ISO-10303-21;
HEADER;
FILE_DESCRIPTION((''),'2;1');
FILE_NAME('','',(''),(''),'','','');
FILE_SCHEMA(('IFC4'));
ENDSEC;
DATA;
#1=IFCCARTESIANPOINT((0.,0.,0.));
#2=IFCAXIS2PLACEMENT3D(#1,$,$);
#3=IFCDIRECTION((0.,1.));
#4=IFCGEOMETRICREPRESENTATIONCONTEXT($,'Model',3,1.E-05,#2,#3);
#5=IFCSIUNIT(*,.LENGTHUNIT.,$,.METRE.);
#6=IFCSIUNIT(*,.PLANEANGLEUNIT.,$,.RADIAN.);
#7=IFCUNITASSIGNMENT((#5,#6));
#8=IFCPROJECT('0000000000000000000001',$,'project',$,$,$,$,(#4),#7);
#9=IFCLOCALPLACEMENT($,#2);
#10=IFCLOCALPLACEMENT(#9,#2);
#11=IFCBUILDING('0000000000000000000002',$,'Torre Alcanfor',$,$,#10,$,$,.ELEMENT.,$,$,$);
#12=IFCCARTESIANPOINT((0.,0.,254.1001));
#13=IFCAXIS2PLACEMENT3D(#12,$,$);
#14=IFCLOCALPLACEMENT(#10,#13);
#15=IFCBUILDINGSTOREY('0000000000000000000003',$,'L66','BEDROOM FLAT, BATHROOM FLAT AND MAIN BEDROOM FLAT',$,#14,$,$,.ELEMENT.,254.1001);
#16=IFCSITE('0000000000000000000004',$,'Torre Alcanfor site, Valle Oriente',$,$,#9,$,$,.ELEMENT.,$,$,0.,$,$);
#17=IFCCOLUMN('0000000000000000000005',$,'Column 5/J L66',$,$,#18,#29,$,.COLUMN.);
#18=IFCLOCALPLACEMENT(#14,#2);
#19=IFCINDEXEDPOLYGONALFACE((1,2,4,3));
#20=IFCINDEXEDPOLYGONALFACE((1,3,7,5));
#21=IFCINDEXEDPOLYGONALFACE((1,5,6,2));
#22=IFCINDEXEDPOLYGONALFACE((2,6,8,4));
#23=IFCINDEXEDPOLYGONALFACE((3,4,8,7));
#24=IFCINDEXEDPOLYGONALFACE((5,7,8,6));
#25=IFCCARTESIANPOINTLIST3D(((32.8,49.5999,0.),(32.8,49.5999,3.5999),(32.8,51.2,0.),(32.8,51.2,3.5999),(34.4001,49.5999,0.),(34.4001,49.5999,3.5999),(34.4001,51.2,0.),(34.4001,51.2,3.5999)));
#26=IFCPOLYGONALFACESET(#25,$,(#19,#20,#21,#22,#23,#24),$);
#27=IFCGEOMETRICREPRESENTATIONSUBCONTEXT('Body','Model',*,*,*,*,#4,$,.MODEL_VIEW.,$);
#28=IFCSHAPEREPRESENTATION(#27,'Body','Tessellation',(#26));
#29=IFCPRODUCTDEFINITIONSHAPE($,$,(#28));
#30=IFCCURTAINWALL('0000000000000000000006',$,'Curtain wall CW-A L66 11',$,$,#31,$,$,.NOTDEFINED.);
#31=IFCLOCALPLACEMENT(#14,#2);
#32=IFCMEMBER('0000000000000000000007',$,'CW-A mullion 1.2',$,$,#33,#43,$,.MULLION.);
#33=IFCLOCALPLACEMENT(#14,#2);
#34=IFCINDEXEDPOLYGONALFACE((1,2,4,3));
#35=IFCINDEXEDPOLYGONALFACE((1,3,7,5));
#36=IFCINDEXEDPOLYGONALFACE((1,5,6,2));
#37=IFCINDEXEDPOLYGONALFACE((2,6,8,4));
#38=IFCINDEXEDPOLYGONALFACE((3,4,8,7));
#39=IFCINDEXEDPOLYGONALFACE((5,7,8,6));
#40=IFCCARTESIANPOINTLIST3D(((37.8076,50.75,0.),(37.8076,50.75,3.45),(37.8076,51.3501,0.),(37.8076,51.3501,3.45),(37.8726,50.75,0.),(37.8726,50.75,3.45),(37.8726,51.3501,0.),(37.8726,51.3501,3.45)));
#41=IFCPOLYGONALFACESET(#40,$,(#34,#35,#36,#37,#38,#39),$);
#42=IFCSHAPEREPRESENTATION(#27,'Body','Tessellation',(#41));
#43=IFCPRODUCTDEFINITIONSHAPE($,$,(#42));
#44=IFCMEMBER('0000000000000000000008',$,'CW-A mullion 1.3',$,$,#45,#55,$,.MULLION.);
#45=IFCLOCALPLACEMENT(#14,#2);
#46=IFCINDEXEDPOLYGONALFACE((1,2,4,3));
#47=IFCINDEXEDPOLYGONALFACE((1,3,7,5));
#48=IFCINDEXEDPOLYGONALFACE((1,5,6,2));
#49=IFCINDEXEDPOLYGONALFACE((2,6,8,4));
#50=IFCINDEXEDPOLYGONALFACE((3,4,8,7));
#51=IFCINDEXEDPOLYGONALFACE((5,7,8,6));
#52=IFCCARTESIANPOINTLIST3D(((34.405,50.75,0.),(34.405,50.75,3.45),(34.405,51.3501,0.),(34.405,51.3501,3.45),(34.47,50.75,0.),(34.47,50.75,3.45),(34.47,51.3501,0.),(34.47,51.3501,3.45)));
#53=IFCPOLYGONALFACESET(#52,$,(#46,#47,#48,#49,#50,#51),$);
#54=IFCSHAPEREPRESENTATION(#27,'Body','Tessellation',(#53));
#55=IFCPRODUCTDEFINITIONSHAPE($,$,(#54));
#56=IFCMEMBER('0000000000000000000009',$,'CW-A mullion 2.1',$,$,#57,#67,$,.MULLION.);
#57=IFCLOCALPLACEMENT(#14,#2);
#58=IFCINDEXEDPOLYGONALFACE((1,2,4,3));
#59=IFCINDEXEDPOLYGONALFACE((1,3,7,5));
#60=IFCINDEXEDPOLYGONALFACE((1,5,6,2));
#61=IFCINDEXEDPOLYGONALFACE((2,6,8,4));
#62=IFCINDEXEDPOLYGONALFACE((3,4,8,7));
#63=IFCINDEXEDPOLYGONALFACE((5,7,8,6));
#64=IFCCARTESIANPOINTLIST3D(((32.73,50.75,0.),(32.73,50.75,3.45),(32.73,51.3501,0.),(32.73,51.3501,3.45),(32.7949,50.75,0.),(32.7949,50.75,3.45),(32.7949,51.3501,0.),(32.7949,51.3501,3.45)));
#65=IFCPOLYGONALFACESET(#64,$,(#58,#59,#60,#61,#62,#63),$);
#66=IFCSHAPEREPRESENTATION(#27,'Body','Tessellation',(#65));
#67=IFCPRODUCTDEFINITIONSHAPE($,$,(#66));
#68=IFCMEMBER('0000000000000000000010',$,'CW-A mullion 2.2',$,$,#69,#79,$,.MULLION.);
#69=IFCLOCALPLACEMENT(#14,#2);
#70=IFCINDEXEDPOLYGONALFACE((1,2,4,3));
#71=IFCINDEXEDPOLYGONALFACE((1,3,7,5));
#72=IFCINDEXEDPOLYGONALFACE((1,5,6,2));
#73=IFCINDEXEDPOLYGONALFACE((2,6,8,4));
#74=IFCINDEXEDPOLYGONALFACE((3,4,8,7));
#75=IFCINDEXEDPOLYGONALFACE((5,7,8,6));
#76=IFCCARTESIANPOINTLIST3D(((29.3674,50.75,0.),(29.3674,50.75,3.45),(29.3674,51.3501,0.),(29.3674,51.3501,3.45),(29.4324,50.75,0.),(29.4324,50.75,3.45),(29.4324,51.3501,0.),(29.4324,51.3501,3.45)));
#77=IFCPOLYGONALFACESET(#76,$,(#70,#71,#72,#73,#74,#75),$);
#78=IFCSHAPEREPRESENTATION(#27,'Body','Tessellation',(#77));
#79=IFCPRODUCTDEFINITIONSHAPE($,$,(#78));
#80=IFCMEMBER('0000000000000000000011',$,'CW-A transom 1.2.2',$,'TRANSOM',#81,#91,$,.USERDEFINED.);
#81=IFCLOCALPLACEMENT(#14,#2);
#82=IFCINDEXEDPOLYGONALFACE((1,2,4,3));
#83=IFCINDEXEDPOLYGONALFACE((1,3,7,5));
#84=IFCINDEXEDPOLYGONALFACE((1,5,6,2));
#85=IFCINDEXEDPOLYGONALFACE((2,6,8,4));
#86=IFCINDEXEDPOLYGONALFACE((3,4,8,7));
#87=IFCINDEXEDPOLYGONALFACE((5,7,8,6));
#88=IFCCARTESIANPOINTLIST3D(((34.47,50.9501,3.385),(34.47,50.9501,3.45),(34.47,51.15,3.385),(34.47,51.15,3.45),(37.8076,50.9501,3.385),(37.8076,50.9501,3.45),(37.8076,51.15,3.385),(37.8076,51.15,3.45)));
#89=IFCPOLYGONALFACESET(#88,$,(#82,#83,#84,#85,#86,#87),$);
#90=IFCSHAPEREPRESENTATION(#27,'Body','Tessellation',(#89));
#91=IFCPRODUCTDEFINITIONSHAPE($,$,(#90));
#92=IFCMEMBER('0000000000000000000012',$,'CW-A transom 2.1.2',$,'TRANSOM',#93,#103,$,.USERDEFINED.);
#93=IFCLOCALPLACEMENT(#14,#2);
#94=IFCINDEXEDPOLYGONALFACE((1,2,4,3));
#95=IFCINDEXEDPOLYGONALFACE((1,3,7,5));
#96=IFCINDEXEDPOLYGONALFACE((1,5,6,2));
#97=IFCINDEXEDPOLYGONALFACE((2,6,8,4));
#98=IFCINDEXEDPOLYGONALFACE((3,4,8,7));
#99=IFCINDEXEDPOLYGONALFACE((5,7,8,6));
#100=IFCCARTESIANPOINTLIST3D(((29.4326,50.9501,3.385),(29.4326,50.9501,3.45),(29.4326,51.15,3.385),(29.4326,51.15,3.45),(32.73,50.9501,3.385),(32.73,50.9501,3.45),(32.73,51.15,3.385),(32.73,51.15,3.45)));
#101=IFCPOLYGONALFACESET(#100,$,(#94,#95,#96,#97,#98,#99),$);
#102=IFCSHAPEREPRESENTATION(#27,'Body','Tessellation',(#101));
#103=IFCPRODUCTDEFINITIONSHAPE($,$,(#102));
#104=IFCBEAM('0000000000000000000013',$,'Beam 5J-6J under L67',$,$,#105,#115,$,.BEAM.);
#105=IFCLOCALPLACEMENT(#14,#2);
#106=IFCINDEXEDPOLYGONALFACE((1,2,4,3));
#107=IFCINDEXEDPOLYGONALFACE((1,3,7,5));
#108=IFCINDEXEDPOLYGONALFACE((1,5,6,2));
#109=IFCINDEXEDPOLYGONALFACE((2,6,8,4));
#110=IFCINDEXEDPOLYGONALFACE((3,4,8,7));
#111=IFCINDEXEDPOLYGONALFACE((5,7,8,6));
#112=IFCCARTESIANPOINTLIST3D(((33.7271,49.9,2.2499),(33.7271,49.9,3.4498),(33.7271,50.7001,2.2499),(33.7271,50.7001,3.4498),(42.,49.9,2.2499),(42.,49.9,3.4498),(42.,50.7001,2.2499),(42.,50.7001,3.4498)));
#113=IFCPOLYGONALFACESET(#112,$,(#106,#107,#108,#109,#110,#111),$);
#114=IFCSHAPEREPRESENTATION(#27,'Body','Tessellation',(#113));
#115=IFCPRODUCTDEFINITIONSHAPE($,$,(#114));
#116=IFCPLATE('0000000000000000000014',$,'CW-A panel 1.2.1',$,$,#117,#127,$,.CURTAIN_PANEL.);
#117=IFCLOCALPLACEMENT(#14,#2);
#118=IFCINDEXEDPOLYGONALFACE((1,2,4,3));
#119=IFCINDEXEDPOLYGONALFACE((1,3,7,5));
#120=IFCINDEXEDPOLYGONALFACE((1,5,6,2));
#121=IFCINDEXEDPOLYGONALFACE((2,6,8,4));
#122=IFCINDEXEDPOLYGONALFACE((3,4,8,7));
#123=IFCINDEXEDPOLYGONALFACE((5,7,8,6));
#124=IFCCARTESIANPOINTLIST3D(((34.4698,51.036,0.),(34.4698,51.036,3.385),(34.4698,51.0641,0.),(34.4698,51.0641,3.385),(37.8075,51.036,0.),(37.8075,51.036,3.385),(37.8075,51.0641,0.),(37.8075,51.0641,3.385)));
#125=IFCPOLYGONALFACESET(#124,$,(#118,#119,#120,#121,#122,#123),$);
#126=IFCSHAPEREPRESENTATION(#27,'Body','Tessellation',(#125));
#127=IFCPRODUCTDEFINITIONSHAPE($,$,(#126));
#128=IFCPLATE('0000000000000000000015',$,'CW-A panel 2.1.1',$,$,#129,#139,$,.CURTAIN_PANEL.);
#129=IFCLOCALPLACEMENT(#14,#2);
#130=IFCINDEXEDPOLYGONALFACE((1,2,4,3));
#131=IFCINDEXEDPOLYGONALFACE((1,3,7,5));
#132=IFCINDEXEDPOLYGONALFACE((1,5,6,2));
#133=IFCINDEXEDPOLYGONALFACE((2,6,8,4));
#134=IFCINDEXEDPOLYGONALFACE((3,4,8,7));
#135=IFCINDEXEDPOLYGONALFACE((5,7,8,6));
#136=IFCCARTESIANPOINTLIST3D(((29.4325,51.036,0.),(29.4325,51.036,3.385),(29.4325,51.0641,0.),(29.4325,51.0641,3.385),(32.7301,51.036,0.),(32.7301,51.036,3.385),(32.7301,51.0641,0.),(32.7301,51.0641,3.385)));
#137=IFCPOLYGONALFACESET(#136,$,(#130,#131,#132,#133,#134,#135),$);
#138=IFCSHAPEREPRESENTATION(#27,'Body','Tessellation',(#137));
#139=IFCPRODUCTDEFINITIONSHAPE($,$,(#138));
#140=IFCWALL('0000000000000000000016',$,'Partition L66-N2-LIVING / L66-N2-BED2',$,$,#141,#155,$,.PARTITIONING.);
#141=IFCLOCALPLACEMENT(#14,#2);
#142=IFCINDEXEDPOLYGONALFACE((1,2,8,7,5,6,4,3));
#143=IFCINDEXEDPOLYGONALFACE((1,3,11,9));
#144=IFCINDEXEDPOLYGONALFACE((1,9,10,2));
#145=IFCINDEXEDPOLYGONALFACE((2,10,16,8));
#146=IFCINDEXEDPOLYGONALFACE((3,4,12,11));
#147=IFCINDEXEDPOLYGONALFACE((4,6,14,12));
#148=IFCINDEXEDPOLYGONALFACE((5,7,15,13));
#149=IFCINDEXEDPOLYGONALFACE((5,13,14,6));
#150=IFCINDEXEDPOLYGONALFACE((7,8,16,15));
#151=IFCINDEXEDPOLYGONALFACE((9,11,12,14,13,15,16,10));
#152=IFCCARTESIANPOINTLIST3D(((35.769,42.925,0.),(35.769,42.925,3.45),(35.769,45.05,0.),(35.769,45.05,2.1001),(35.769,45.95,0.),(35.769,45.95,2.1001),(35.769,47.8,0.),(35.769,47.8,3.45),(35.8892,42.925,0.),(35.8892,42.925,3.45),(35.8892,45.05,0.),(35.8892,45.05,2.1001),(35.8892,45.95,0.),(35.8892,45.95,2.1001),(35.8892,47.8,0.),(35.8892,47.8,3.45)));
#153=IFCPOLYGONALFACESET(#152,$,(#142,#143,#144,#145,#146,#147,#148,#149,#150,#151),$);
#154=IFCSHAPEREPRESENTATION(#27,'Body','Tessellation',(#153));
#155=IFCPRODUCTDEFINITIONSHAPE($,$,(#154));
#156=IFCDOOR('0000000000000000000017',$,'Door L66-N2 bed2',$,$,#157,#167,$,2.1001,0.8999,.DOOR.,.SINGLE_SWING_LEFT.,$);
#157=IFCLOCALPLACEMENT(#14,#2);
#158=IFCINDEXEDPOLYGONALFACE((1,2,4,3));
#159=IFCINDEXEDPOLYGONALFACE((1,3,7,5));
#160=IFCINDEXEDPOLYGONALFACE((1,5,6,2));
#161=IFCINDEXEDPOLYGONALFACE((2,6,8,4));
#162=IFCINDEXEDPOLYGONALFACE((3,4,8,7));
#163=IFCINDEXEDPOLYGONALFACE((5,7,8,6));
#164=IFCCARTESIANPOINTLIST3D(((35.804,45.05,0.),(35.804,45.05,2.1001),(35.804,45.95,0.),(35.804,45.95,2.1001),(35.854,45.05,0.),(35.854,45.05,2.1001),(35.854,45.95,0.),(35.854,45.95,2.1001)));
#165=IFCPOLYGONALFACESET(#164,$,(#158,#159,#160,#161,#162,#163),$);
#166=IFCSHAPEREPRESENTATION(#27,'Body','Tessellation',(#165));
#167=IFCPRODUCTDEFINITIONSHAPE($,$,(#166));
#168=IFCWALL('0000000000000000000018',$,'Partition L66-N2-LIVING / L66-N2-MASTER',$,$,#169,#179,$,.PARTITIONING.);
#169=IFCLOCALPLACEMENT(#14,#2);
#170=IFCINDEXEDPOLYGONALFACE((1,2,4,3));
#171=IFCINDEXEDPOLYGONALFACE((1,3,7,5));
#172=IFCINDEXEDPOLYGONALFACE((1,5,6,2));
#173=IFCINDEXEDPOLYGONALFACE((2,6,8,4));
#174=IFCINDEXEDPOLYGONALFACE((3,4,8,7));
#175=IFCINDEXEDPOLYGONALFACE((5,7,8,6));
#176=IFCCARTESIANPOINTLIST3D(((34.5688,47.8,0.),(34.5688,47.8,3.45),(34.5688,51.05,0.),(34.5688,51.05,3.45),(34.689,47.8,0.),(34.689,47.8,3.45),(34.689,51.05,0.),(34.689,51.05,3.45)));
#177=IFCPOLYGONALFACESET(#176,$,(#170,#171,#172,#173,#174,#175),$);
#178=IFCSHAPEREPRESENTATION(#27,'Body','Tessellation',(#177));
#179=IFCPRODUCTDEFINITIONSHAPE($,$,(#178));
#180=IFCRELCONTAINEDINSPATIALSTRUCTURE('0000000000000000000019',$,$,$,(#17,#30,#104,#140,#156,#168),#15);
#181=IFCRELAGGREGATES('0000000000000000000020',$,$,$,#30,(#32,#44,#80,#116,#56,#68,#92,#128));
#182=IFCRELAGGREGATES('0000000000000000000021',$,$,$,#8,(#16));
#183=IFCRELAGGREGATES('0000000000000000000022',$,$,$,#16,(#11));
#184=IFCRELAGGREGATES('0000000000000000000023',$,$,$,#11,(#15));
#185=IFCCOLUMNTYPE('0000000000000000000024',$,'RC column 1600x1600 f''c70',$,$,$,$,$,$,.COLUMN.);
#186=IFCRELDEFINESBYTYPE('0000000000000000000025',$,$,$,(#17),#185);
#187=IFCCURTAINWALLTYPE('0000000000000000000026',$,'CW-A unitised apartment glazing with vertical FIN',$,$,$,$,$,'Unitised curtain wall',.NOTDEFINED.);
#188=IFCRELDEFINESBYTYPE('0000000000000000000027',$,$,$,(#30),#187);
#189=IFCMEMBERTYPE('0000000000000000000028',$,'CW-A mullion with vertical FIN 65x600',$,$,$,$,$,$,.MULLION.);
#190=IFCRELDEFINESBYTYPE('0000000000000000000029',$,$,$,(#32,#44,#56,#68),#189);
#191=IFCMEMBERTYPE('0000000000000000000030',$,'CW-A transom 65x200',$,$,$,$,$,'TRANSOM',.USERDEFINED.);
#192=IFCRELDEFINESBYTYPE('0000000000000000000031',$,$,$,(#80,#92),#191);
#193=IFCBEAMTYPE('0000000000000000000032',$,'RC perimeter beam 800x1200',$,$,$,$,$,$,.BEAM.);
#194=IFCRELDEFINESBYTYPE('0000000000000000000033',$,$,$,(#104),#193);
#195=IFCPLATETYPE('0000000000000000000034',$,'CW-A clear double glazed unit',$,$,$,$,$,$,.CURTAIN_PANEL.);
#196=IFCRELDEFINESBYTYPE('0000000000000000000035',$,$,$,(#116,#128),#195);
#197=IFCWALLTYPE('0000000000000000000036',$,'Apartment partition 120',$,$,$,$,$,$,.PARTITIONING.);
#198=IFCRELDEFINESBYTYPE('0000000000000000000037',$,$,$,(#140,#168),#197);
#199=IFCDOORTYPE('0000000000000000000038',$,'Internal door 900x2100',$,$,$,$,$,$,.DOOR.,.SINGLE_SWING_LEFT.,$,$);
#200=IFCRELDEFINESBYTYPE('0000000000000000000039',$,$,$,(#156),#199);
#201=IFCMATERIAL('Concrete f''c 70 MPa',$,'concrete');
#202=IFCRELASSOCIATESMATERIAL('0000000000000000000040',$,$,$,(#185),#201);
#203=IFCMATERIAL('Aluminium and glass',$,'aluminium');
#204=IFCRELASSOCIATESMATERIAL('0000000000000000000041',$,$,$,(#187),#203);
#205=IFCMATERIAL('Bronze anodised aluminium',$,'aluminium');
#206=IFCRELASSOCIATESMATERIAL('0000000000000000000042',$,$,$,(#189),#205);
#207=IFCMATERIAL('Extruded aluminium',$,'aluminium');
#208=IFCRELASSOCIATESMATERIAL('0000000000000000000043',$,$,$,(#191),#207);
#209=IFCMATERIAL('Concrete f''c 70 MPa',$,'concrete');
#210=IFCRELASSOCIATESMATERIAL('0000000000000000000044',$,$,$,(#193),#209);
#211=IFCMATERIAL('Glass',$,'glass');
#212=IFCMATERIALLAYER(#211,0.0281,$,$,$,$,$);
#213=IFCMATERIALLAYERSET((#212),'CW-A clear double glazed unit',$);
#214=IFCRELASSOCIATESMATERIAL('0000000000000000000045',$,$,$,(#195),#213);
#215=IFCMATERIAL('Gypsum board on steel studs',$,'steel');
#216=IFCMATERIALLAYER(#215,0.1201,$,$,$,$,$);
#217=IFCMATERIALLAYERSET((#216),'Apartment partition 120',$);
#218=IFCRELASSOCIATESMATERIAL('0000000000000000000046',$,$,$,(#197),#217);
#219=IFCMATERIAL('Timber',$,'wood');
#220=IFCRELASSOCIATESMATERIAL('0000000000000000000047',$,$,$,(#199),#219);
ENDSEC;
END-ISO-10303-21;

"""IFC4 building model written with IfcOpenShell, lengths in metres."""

from ifc_helpers import new_model, si_unit, direction, frame, frame_2d, origin, origin_2d, place, context, subcontext, project, spatial, rectangle, extrude, material, layer, layer_set, material_profile, profile_set, type_object, element, fill, aggregate, save


model = new_model("IFC4")

# Units and contexts
model_context = context("Model", 3, precision=1e-05, world=origin(), true_north=direction((0.0, 1.0)))
body_context = subcontext(model_context, "Body", "Model", "MODEL_VIEW")
ifc_project = project(units=[si_unit("LENGTHUNIT", "METRE"), si_unit("PLANEANGLEUNIT", "RADIAN")], contexts=[model_context])

# Site, building, storey
site_placement = place(None, origin())
site = spatial("IfcSite", under=ifc_project, at=site_placement, Name="Torre Alcanfor site, Valle Oriente", CompositionType="ELEMENT", RefElevation=0.0)
building_placement = place(site_placement, origin())
building = spatial("IfcBuilding", under=site, at=building_placement, Name="Torre Alcanfor", CompositionType="ELEMENT")
storey_placement = place(building_placement, frame((0.0, 0.0, 254.1001)))
storey = spatial("IfcBuildingStorey", under=building, at=storey_placement, Name="L66", Description="BEDROOM FLAT, BATHROOM FLAT AND MAIN BEDROOM FLAT", CompositionType="ELEMENT", Elevation=254.1001)

# Column
ifc_material_1 = material(Name="Concrete f'c 70 MPa", Category="concrete")
ifc_material_profile_1 = material_profile(ifc_material_1, rectangle(XDim=1.6001, YDim=1.6001, at=origin_2d()), Name="1600x1600")
ifc_profile_set_1 = profile_set([ifc_material_profile_1], Name="Concrete f'c 70 MPa")
column_type = type_object("IfcColumnType", Name="RC column 1600x1600 f'c70", PredefinedType="COLUMN", material=ifc_profile_set_1)
column_placement = place(storey_placement, frame((33.6001, 50.3999, 0.0), z_axis=(0.0, 0.0, 1.0), x_axis=(1.0, 0.0, 0.0)))
element("IfcColumn", 1, at=column_placement, inside=storey, type_object=column_type, Name="Column 5/J L66", PredefinedType="COLUMN", context=body_context, shape_type="SweptSolid", body=[
    extrude(rectangle(XDim=1.6001, YDim=1.6001, at=origin_2d()), origin(), (0.0, 0.0, 1.0), 3.5999),
])

# Curtain wall, members
ifc_material_2 = material(Name="Aluminium and glass", Category="aluminium")
curtain_wall_type = type_object("IfcCurtainWallType", Name="CW-A unitised apartment glazing with vertical FIN", ElementType="Unitised curtain wall", PredefinedType="NOTDEFINED", material=ifc_material_2)
curtain_wall_placement = place(storey_placement, origin())
curtain_wall = element("IfcCurtainWall", 2, at=curtain_wall_placement, inside=storey, type_object=curtain_wall_type, Name="Curtain wall CW-A L66 11", PredefinedType="NOTDEFINED")
ifc_material_3 = material(Name="Bronze anodised aluminium", Category="aluminium")
ifc_material_profile_2 = material_profile(ifc_material_3, rectangle(XDim=0.6001, YDim=0.0649, at=origin_2d()), Name="CW-A mullion 65x600")
ifc_profile_set_2 = profile_set([ifc_material_profile_2], Name="Bronze anodised aluminium")
member_type_1 = type_object("IfcMemberType", Name="CW-A mullion with vertical FIN 65x600", PredefinedType="MULLION", material=ifc_profile_set_2)
member_1_placement = place(storey_placement, frame((37.8401, 51.05, 0.0), z_axis=(0.0, 0.0, 1.0), x_axis=(0.0, -1.0, 0.0)))
member_1 = element("IfcMember", 3, at=member_1_placement, type_object=member_type_1, Name="CW-A mullion 1.2", PredefinedType="MULLION", context=body_context, shape_type="SweptSolid", body=[
    extrude(rectangle(XDim=0.6001, YDim=0.0649, at=origin_2d()), origin(), (0.0, 0.0, 1.0), 3.45),
])
member_2_placement = place(storey_placement, frame((34.4375, 51.05, 0.0), z_axis=(0.0, 0.0, 1.0), x_axis=(0.0, -1.0, 0.0)))
member_2 = element("IfcMember", 4, at=member_2_placement, type_object=member_type_1, Name="CW-A mullion 1.3", PredefinedType="MULLION", context=body_context, shape_type="SweptSolid", body=[
    extrude(rectangle(XDim=0.6001, YDim=0.0649, at=origin_2d()), origin(), (0.0, 0.0, 1.0), 3.45),
])
member_3_placement = place(storey_placement, frame((32.7625, 51.05, 0.0), z_axis=(0.0, 0.0, 1.0), x_axis=(0.0, -1.0, 0.0)))
member_3 = element("IfcMember", 5, at=member_3_placement, type_object=member_type_1, Name="CW-A mullion 2.1", PredefinedType="MULLION", context=body_context, shape_type="SweptSolid", body=[
    extrude(rectangle(XDim=0.6001, YDim=0.0649, at=origin_2d()), origin(), (0.0, 0.0, 1.0), 3.45),
])
member_4_placement = place(storey_placement, frame((29.3999, 51.05, 0.0), z_axis=(0.0, 0.0, 1.0), x_axis=(0.0, -1.0, 0.0)))
member_4 = element("IfcMember", 6, at=member_4_placement, type_object=member_type_1, Name="CW-A mullion 2.2", PredefinedType="MULLION", context=body_context, shape_type="SweptSolid", body=[
    extrude(rectangle(XDim=0.6001, YDim=0.0649, at=origin_2d()), origin(), (0.0, 0.0, 1.0), 3.45),
])
ifc_material_4 = material(Name="Extruded aluminium", Category="aluminium")
ifc_material_profile_3 = material_profile(ifc_material_4, rectangle(XDim=0.2, YDim=0.0649, at=origin_2d()), Name="CW-A transom 200x65")
ifc_profile_set_3 = profile_set([ifc_material_profile_3], Name="Extruded aluminium")
member_type_2 = type_object("IfcMemberType", Name="CW-A transom 65x200", ElementType="TRANSOM", PredefinedType="USERDEFINED", material=ifc_profile_set_3)
member_5_placement = place(storey_placement, frame((37.8076, 51.05, 3.4175), z_axis=(-1.0, 0.0, 0.0), x_axis=(0.0, -1.0, 0.0)))
member_5 = element("IfcMember", 7, at=member_5_placement, type_object=member_type_2, Name="CW-A transom 1.2.2", ObjectType="TRANSOM", PredefinedType="USERDEFINED", context=body_context, shape_type="SweptSolid", body=[
    extrude(rectangle(XDim=0.2, YDim=0.0649, at=origin_2d()), origin(), (0.0, 0.0, 1.0), 3.3376),
])
member_6_placement = place(storey_placement, frame((32.73, 51.05, 3.4175), z_axis=(-1.0, 0.0, 0.0), x_axis=(0.0, -1.0, 0.0)))
member_6 = element("IfcMember", 8, at=member_6_placement, type_object=member_type_2, Name="CW-A transom 2.1.2", ObjectType="TRANSOM", PredefinedType="USERDEFINED", context=body_context, shape_type="SweptSolid", body=[
    extrude(rectangle(XDim=0.2, YDim=0.0649, at=origin_2d()), origin(), (0.0, 0.0, 1.0), 3.2974),
])

# Beam
ifc_material_5 = material(Name="Concrete f'c 70 MPa", Category="concrete")
ifc_material_profile_4 = material_profile(ifc_material_5, rectangle(XDim=0.8, YDim=1.2, at=origin_2d()), Name="800x1200")
ifc_profile_set_4 = profile_set([ifc_material_profile_4], Name="Concrete f'c 70 MPa")
beam_type = type_object("IfcBeamType", Name="RC perimeter beam 800x1200", PredefinedType="BEAM", material=ifc_profile_set_4)
beam_placement = place(storey_placement, frame((33.7271, 50.3, 2.8499), z_axis=(1.0, 0.0, 0.0), x_axis=(0.0, 1.0, 0.0)))
element("IfcBeam", 9, at=beam_placement, inside=storey, type_object=beam_type, Name="Beam 5J-6J under L67", PredefinedType="BEAM", context=body_context, shape_type="SweptSolid", body=[
    extrude(rectangle(XDim=0.8, YDim=1.2, at=origin_2d()), origin(), (0.0, 0.0, 1.0), 8.2729),
])

# Plates
ifc_material_6 = material(Name="Glass", Category="glass")
ifc_layer_1 = layer(ifc_material_6, 0.0281)
ifc_layer_set_1 = layer_set([ifc_layer_1], Name="CW-A clear double glazed unit")
plate_type = type_object("IfcPlateType", Name="CW-A clear double glazed unit", PredefinedType="CURTAIN_PANEL", material=ifc_layer_set_1)
plate_1_placement = place(storey_placement, frame((36.1387, 51.05, 0.0), z_axis=(0.0, 0.0, 1.0), x_axis=(-1.0, 0.0, 0.0)))
plate_1 = element("IfcPlate", 10, at=plate_1_placement, type_object=plate_type, Name="CW-A panel 1.2.1", PredefinedType="CURTAIN_PANEL", context=body_context, shape_type="SweptSolid", body=[
    extrude(rectangle(XDim=3.3376, YDim=0.0281, at=origin_2d()), origin(), (0.0, 0.0, 1.0), 3.385),
])
plate_2_placement = place(storey_placement, frame((31.0813, 51.05, 0.0), z_axis=(0.0, 0.0, 1.0), x_axis=(-1.0, 0.0, 0.0)))
plate_2 = element("IfcPlate", 11, at=plate_2_placement, type_object=plate_type, Name="CW-A panel 2.1.1", PredefinedType="CURTAIN_PANEL", context=body_context, shape_type="SweptSolid", body=[
    extrude(rectangle(XDim=3.2976, YDim=0.0281, at=origin_2d()), origin(), (0.0, 0.0, 1.0), 3.385),
])
aggregate(curtain_wall, [member_1, member_2, member_5, plate_1, member_3, member_4, member_6, plate_2])

# Wall, opening, door
ifc_material_7 = material(Name="Gypsum board on steel studs", Category="steel")
ifc_layer_2 = layer(ifc_material_7, 0.1201)
ifc_layer_set_2 = layer_set([ifc_layer_2], Name="Apartment partition 120")
wall_type_1 = type_object("IfcWallType", Name="Apartment partition 120", PredefinedType="PARTITIONING", material=ifc_layer_set_2)
wall_1_placement = place(storey_placement, frame((35.8291, 47.8, 0.0), z_axis=(0.0, 0.0, 1.0), x_axis=(0.0, -1.0, 0.0)))
wall_1 = element("IfcWall", 12, at=wall_1_placement, inside=storey, type_object=wall_type_1, Name="Partition L66-N2-LIVING / L66-N2-BED2", PredefinedType="PARTITIONING", context=body_context, shape_type="SweptSolid", body=[
    extrude(rectangle(XDim=4.875, YDim=0.1201, at=frame_2d((2.4375, 0.0))), origin(), (0.0, 0.0, 1.0), 3.45),
])
opening_1_placement = place(wall_1_placement, frame((1.8501, 0.0, 0.0)))
opening_1 = element("IfcOpeningElement", 13, at=opening_1_placement, cuts=wall_1, PredefinedType="OPENING", context=body_context, shape_type="SweptSolid", body=[
    extrude(rectangle(XDim=0.8999, YDim=2.1001, at=frame_2d((0.45, 1.05))), frame((0.0, 0.0701, 0.0), z_axis=(0.0, -1.0, 0.0), x_axis=(1.0, 0.0, 0.0)), (0.0, 0.0, 1.0), 0.1401),
])
ifc_material_8 = material(Name="Timber", Category="wood")
door_type_1 = type_object("IfcDoorType", Name="Internal door 900x2100", OperationType="SINGLE_SWING_LEFT", PredefinedType="DOOR", material=ifc_material_8)
door_1_placement = place(opening_1_placement, origin())
door_1 = element("IfcDoor", 14, at=door_1_placement, inside=storey, type_object=door_type_1, Name="Door L66-N2 bed2", OperationType="SINGLE_SWING_LEFT", OverallHeight=2.1001, OverallWidth=0.8999, PredefinedType="DOOR", context=body_context, shape_type="SweptSolid", body=[
    extrude(rectangle(XDim=0.8999, YDim=2.1001, at=frame_2d((0.45, 1.05))), frame((0.0, 0.0249, 0.0), z_axis=(0.0, -1.0, 0.0), x_axis=(1.0, 0.0, 0.0)), (0.0, 0.0, 1.0), 0.05),
])
fill(opening_1, door_1)

# Wall
wall_2_placement = place(storey_placement, frame((34.6289, 51.05, 0.0), z_axis=(0.0, 0.0, 1.0), x_axis=(0.0, -1.0, 0.0)))
element("IfcWall", 15, at=wall_2_placement, inside=storey, type_object=wall_type_1, Name="Partition L66-N2-LIVING / L66-N2-MASTER", PredefinedType="PARTITIONING", context=body_context, shape_type="SweptSolid", body=[
    extrude(rectangle(XDim=3.25, YDim=0.1201, at=frame_2d((1.625, 0.0))), origin(), (0.0, 0.0, 1.0), 3.45),
])

save(model, "model.ifc")
